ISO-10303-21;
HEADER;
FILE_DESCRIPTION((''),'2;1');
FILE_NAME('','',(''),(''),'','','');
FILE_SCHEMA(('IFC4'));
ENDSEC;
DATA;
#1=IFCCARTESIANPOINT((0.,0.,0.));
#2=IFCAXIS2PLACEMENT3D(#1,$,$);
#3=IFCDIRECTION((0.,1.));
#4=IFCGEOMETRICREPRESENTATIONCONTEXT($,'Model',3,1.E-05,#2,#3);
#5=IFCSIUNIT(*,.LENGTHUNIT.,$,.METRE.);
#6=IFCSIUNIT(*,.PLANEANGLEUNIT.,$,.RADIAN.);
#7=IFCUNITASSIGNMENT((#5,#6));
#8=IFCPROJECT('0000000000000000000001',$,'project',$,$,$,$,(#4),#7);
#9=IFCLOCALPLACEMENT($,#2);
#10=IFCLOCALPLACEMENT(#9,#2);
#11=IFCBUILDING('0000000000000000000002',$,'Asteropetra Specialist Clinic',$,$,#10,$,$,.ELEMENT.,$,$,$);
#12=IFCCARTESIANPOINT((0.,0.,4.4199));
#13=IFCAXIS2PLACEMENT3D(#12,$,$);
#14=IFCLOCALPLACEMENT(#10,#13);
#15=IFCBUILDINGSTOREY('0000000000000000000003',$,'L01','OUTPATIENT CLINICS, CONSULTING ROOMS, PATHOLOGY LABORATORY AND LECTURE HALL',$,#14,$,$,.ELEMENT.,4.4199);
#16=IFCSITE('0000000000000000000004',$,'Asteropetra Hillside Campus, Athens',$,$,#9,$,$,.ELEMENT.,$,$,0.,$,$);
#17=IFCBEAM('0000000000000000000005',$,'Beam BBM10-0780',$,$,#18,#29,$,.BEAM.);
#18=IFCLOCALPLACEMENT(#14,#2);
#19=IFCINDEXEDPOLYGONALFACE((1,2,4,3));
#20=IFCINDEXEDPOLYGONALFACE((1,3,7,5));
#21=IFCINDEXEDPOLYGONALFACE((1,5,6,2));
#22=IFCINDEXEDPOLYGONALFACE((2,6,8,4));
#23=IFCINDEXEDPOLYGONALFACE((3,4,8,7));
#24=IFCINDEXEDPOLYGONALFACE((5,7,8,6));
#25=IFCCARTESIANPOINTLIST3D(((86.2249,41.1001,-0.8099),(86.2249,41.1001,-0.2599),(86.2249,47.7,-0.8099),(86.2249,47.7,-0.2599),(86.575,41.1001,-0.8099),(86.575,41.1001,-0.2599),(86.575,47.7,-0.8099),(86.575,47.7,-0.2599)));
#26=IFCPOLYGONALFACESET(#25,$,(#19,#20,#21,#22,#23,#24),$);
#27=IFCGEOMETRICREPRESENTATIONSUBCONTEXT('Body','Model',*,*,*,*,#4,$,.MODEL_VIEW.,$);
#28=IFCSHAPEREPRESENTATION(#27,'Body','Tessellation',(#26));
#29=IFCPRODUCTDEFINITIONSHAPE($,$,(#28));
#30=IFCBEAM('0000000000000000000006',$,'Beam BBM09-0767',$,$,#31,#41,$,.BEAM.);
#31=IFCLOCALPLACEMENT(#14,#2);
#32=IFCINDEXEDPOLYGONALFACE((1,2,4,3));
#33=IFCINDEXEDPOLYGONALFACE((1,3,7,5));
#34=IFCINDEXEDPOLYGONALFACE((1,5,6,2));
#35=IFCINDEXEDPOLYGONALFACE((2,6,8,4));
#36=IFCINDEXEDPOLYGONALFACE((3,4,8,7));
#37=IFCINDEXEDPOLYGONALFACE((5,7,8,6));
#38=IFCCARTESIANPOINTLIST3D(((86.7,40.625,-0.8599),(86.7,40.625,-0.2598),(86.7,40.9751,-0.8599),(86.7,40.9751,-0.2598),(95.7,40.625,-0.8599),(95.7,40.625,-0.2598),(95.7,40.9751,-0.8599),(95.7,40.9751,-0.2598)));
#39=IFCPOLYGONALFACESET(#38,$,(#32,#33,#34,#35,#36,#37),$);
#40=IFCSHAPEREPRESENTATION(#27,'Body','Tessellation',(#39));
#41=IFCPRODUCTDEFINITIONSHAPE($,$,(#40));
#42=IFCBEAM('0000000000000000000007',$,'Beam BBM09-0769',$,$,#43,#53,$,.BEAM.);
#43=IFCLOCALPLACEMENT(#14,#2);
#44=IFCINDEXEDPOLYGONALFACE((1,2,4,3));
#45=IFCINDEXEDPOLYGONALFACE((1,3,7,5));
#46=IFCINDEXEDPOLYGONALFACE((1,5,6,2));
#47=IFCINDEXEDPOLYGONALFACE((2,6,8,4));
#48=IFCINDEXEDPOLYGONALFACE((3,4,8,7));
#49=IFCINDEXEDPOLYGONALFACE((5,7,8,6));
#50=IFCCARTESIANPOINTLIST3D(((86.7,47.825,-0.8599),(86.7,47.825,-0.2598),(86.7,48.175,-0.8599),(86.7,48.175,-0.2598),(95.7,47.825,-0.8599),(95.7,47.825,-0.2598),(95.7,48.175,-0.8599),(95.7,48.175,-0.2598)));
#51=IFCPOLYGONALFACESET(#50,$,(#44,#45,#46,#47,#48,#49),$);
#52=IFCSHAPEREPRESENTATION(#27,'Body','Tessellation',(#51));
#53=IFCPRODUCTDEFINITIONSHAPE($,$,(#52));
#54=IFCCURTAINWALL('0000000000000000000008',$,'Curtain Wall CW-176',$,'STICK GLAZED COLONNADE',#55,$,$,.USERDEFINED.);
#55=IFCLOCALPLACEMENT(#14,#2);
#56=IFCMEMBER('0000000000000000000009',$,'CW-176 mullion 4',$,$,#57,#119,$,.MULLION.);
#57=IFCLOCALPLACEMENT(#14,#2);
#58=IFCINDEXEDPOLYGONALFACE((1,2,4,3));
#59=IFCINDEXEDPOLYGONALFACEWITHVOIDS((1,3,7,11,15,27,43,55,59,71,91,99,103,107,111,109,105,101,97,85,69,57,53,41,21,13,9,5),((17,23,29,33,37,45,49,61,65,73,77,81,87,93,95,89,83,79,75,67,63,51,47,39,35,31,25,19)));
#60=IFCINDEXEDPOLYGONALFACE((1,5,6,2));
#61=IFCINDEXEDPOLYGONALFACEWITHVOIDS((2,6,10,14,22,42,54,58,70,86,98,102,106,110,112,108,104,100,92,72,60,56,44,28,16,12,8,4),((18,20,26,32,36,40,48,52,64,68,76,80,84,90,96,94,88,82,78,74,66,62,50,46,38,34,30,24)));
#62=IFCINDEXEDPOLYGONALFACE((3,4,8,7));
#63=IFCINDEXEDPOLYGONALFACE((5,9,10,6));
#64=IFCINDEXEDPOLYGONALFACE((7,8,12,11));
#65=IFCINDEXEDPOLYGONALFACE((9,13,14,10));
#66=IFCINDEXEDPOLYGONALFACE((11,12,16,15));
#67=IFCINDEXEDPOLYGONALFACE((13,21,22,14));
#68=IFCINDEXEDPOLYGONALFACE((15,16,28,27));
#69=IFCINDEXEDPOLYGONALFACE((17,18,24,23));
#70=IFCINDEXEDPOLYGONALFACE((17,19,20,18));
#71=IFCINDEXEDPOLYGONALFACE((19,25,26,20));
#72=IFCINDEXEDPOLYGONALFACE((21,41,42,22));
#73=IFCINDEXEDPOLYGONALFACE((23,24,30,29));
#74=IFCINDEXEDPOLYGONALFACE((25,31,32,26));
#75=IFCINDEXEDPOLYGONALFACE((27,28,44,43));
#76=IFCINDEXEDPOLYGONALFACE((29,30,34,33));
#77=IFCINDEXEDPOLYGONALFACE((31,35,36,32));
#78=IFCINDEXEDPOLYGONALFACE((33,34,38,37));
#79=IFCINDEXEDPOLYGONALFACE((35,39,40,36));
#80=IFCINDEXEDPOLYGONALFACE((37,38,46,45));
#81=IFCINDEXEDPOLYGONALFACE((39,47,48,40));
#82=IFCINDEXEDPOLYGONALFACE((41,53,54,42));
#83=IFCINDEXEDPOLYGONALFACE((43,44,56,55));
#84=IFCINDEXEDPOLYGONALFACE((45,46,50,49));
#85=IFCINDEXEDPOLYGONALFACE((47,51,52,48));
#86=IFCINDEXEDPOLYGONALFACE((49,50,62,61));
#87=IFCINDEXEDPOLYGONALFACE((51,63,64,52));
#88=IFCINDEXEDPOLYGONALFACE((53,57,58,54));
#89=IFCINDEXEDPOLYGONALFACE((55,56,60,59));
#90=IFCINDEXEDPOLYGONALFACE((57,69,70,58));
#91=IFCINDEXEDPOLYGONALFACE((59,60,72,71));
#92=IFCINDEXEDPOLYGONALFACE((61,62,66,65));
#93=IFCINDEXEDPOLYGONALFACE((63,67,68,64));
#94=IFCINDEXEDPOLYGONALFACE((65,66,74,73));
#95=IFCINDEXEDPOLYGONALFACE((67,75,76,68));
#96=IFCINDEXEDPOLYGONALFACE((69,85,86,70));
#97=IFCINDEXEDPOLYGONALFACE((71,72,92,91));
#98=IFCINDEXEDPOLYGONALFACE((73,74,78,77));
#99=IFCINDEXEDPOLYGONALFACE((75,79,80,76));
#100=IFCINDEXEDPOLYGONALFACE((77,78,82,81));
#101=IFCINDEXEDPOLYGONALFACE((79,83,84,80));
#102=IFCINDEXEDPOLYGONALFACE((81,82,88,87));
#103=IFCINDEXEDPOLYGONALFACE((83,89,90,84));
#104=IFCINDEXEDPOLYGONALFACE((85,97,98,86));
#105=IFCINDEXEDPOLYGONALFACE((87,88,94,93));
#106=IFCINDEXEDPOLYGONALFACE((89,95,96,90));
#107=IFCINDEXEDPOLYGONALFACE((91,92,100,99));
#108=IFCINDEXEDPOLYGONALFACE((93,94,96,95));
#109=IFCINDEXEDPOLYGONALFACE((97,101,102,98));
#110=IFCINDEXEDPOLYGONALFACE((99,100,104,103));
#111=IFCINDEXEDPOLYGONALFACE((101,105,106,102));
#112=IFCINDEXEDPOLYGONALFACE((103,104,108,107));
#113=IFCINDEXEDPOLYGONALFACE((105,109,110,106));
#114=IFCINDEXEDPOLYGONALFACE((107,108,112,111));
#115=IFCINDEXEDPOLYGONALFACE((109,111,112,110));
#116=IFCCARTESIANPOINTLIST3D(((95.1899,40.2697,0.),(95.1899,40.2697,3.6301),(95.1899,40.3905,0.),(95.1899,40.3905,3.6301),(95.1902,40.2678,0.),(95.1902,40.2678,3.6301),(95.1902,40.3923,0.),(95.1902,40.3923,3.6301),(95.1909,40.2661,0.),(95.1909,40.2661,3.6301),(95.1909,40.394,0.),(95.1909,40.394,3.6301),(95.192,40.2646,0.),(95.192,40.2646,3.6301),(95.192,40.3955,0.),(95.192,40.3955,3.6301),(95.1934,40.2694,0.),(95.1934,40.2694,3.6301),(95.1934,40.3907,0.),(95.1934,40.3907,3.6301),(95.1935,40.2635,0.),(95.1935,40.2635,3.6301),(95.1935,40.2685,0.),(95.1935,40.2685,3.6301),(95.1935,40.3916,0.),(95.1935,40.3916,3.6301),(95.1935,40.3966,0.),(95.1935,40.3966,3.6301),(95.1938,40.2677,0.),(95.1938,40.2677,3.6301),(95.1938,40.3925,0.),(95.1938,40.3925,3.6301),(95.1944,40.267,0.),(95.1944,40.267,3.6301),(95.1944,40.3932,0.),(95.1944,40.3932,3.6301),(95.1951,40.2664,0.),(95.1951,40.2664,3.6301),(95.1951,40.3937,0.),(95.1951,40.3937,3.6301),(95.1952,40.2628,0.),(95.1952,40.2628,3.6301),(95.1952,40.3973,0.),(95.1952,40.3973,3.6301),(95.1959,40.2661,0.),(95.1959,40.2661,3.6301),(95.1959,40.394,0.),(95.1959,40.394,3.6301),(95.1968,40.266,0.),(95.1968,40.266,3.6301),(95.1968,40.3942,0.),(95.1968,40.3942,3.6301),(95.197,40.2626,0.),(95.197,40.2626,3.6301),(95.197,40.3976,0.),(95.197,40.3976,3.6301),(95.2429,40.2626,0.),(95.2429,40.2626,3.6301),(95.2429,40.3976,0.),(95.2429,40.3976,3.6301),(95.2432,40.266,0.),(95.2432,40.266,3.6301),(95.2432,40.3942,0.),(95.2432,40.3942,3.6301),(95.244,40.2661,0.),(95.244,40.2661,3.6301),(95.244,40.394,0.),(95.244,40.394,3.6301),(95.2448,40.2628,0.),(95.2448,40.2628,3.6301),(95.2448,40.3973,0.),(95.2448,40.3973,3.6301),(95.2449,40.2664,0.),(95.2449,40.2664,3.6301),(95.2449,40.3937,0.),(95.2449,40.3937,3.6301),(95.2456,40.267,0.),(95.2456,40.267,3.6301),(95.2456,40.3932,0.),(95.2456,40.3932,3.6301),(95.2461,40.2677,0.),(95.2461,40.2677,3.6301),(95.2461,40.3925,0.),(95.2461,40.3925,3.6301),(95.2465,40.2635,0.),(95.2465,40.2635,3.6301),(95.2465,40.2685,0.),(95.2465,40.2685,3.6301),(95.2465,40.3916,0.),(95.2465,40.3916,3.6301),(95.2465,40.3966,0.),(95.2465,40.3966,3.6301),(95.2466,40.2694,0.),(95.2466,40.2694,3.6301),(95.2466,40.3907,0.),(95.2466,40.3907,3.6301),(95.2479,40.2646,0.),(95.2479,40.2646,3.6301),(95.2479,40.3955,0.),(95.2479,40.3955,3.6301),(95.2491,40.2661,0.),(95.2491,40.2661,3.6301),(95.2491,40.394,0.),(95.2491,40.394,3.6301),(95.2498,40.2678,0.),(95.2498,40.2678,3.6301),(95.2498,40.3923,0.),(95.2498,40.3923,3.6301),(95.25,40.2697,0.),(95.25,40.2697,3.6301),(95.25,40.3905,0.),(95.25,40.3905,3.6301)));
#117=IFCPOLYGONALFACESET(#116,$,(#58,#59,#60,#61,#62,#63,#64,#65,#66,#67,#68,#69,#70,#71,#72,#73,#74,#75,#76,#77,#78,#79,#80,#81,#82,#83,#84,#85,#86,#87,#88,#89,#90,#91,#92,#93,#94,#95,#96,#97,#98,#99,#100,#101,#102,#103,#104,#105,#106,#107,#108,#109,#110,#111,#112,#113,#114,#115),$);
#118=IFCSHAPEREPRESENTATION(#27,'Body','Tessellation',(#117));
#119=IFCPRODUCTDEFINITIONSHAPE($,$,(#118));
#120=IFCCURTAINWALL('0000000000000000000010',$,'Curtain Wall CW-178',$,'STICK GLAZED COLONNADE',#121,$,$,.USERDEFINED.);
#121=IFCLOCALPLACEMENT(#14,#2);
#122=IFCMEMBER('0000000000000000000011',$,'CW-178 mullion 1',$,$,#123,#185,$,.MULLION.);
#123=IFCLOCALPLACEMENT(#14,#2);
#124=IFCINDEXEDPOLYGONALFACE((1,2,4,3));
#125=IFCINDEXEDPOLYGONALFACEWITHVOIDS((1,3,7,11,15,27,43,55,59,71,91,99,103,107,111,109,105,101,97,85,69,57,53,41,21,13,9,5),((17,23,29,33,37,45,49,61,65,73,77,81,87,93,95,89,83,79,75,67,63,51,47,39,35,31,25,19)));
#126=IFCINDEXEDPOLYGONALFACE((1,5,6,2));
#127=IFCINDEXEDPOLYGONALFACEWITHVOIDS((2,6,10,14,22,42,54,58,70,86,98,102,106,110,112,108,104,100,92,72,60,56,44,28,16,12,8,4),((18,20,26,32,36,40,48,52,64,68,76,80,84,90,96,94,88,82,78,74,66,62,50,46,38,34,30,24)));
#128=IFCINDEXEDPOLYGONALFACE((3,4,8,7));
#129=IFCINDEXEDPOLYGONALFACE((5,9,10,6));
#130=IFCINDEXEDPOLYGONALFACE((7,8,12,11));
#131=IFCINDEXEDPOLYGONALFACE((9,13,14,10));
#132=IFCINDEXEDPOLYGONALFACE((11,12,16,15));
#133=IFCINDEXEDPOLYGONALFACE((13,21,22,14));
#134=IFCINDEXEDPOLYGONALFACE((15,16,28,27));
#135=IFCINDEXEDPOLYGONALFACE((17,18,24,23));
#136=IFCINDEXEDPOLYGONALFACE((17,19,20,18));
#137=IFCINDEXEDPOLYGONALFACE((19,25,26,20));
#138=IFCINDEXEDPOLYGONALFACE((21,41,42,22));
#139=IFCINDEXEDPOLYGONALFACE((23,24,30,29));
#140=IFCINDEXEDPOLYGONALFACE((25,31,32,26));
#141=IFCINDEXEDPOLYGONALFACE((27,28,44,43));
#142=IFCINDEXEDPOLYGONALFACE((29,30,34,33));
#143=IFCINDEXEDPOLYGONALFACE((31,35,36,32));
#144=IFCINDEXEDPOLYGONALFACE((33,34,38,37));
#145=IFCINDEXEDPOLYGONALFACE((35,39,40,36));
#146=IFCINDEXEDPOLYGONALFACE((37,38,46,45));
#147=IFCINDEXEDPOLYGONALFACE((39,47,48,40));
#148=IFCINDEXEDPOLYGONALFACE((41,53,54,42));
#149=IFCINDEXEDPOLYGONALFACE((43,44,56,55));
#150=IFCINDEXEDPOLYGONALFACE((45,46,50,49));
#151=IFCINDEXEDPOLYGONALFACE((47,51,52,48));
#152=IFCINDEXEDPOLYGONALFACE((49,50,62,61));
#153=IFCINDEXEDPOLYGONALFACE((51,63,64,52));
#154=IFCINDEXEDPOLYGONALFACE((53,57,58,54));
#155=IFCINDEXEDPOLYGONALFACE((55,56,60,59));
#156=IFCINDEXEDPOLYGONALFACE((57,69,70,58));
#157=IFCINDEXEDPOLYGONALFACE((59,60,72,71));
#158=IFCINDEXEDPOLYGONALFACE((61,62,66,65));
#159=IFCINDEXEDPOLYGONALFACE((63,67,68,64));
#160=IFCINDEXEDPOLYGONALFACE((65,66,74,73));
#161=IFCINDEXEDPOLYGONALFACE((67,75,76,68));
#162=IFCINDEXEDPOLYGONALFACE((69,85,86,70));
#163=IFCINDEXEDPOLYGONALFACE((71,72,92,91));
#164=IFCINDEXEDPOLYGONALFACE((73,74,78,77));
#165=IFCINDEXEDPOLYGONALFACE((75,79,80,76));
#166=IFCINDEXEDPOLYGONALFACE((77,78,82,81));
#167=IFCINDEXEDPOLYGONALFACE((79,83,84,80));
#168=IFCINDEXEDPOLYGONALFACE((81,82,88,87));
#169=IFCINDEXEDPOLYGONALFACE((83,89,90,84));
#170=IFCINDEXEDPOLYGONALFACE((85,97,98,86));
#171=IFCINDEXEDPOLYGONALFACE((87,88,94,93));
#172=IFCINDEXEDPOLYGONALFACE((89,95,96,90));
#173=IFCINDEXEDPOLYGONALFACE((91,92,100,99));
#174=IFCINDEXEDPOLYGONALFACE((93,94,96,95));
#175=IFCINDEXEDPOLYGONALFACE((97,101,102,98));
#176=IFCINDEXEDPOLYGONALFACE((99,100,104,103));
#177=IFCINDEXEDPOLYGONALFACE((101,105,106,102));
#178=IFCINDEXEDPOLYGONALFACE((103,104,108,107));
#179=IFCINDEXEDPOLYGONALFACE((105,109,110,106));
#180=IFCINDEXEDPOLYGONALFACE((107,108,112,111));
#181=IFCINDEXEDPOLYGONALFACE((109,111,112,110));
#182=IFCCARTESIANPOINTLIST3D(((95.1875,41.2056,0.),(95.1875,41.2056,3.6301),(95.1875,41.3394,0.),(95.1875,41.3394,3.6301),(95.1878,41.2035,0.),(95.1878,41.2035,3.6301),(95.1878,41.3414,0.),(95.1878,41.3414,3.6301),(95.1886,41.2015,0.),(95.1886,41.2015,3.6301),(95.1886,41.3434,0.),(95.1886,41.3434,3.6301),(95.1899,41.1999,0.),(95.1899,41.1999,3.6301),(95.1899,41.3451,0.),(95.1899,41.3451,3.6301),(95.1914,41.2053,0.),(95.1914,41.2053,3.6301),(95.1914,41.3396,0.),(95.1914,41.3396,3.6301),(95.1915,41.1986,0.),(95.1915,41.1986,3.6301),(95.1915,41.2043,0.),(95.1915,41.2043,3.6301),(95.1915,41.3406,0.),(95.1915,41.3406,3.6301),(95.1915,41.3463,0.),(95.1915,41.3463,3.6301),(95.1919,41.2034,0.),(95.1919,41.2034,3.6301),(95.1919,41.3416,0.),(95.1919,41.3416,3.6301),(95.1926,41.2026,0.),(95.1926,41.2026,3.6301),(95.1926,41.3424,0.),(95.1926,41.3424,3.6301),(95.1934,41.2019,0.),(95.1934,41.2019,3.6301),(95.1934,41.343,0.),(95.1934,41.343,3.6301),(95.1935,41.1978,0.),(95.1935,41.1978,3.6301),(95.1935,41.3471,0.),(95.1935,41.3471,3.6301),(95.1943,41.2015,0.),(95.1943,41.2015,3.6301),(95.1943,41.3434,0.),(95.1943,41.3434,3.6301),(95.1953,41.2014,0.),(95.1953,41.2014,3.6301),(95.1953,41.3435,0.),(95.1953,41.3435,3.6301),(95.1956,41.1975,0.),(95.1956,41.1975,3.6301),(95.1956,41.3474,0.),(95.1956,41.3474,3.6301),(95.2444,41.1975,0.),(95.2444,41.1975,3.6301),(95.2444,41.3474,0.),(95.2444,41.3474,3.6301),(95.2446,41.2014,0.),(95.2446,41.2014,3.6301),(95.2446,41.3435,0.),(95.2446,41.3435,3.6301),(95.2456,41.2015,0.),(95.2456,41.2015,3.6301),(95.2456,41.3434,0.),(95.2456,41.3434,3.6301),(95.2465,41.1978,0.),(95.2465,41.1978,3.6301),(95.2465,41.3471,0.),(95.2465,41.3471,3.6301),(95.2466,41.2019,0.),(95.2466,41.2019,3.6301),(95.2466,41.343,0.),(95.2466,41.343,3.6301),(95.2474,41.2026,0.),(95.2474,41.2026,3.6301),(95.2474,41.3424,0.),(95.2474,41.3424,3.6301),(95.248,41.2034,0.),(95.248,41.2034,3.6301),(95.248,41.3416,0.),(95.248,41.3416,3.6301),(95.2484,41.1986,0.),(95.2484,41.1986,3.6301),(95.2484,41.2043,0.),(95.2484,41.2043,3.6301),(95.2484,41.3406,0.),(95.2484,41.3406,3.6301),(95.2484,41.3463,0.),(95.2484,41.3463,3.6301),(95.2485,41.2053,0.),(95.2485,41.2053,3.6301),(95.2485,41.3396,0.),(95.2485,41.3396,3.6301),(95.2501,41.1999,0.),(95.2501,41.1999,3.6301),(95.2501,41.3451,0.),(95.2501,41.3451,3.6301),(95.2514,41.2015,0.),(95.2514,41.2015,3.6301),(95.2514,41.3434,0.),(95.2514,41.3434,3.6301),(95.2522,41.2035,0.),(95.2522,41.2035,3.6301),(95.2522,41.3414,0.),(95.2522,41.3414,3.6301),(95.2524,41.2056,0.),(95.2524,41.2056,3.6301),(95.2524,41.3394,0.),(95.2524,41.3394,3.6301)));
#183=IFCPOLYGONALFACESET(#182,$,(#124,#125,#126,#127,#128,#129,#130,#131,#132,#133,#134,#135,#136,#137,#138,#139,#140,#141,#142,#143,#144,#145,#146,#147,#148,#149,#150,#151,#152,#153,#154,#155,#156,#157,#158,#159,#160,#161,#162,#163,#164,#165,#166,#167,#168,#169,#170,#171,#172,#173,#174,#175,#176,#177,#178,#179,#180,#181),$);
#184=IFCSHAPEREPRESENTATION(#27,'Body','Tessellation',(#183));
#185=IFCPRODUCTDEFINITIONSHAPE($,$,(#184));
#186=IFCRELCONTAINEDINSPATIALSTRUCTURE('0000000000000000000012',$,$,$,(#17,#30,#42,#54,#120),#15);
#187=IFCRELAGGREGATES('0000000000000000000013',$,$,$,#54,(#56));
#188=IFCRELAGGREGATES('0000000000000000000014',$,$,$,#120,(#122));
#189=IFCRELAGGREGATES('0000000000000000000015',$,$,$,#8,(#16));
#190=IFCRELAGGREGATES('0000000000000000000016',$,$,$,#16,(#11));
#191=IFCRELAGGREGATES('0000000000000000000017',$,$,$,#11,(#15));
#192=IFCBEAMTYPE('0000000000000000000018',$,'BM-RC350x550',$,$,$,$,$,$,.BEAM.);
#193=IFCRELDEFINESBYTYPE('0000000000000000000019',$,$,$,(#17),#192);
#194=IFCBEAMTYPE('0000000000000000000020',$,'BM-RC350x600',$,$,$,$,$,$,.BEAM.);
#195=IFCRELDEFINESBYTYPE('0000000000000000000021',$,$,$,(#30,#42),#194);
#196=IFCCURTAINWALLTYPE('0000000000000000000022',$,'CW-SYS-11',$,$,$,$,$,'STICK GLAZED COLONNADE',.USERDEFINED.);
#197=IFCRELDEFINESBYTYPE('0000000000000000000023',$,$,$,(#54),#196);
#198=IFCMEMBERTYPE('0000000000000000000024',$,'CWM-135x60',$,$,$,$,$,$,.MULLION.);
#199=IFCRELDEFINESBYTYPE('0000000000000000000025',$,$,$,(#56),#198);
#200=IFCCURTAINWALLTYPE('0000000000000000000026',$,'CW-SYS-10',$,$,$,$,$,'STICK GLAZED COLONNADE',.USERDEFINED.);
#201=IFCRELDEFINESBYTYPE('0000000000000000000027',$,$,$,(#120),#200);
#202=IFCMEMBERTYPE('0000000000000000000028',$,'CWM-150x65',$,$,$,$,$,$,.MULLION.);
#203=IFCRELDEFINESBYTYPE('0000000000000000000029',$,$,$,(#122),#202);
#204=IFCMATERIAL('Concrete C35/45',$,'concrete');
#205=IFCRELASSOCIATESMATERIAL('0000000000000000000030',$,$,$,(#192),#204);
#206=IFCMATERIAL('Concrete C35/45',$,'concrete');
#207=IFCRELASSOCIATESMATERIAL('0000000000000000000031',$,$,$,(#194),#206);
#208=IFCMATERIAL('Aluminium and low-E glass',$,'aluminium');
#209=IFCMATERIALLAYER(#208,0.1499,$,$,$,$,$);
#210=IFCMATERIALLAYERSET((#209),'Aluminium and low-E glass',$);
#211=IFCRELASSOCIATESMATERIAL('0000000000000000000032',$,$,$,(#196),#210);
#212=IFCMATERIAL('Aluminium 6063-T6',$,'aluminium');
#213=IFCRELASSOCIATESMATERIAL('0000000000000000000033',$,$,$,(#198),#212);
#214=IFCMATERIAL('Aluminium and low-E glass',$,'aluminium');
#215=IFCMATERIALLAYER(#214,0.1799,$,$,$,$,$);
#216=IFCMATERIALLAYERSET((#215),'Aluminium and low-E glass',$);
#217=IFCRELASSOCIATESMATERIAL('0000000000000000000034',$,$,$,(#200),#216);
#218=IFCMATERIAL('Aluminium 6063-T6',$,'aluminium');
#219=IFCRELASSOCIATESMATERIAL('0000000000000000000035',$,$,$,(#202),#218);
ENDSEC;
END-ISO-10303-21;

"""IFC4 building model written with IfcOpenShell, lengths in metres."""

from ifc_helpers import new_model, si_unit, direction, frame, origin, origin_2d, place, context, subcontext, project, spatial, rectangle, hollow_rectangle, extrude, material, layer, layer_set, material_profile, profile_set, type_object, element, aggregate, save


model = new_model("IFC4")

# Units and contexts
model_context = context("Model", 3, precision=1e-05, world=origin(), true_north=direction((0.0, 1.0)))
body_context = subcontext(model_context, "Body", "Model", "MODEL_VIEW")
ifc_project = project(units=[si_unit("LENGTHUNIT", "METRE"), si_unit("PLANEANGLEUNIT", "RADIAN")], contexts=[model_context])

# Site, building, storey
site_placement = place(None, origin())
site = spatial("IfcSite", under=ifc_project, at=site_placement, Name="Asteropetra Hillside Campus, Athens", CompositionType="ELEMENT", RefElevation=0.0)
building_placement = place(site_placement, origin())
building = spatial("IfcBuilding", under=site, at=building_placement, Name="Asteropetra Specialist Clinic", CompositionType="ELEMENT")
storey_placement = place(building_placement, frame((0.0, 0.0, 4.4199)))
storey = spatial("IfcBuildingStorey", under=building, at=storey_placement, Name="L01", Description="OUTPATIENT CLINICS, CONSULTING ROOMS, PATHOLOGY LABORATORY AND LECTURE HALL", CompositionType="ELEMENT", Elevation=4.4199)

# Beams
ifc_material_1 = material(Name="Concrete C35/45", Category="concrete")
ifc_material_profile_1 = material_profile(ifc_material_1, rectangle(XDim=0.3501, YDim=0.55, at=origin_2d()), Name="RCB 350x550")
ifc_profile_set_1 = profile_set([ifc_material_profile_1], Name="Concrete C35/45")
beam_type_1 = type_object("IfcBeamType", Name="BM-RC350x550", PredefinedType="BEAM", material=ifc_profile_set_1)
beam_placement = place(storey_placement, frame((86.3999, 41.1001, -0.5349), z_axis=(0.0, 1.0, 0.0), x_axis=(-1.0, 0.0, 0.0)))
element("IfcBeam", 1, at=beam_placement, inside=storey, type_object=beam_type_1, Name="Beam BBM10-0780", PredefinedType="BEAM", context=body_context, shape_type="SweptSolid", body=[
    extrude(rectangle(XDim=0.3501, YDim=0.55, at=origin_2d()), origin(), (0.0, 0.0, 1.0), 6.5999),
])
ifc_material_2 = material(Name="Concrete C35/45", Category="concrete")
ifc_material_profile_2 = material_profile(ifc_material_2, rectangle(XDim=0.3501, YDim=0.6001, at=origin_2d()), Name="RCB 350x600")
ifc_profile_set_2 = profile_set([ifc_material_profile_2], Name="Concrete C35/45")
beam_type_2 = type_object("IfcBeamType", Name="BM-RC350x600", PredefinedType="BEAM", material=ifc_profile_set_2)
for number, where, z_axis, x_axis, name in (
    (2, (86.7, 40.8, -0.5598), (1.0, 0.0, 0.0), (0.0, 1.0, 0.0), "Beam BBM09-0767"),
    (3, (86.7, 48.0, -0.5598), (1.0, 0.0, 0.0), (0.0, 1.0, 0.0), "Beam BBM09-0769"),
):
    element("IfcBeam", number, at=place(storey_placement, frame(where, z_axis=z_axis, x_axis=x_axis)), inside=storey, type_object=beam_type_2, Name=name, PredefinedType="BEAM", context=body_context, shape_type="SweptSolid", body=[
        extrude(rectangle(XDim=0.3501, YDim=0.6001, at=origin_2d()), origin(), (0.0, 0.0, 1.0), 9.0),
    ])

# Curtain wall, member
ifc_material_3 = material(Name="Aluminium and low-E glass", Category="aluminium")
ifc_layer_1 = layer(ifc_material_3, 0.1499)
ifc_layer_set_1 = layer_set([ifc_layer_1], Name="Aluminium and low-E glass")
curtain_wall_type_1 = type_object("IfcCurtainWallType", Name="CW-SYS-11", ElementType="STICK GLAZED COLONNADE", PredefinedType="USERDEFINED", material=ifc_layer_set_1)
curtain_wall_1_placement = place(storey_placement, origin())
curtain_wall_1 = element("IfcCurtainWall", 4, at=curtain_wall_1_placement, inside=storey, type_object=curtain_wall_type_1, Name="Curtain Wall CW-176", ObjectType="STICK GLAZED COLONNADE", PredefinedType="USERDEFINED")
ifc_material_4 = material(Name="Aluminium 6063-T6", Category="aluminium")
ifc_material_profile_3 = material_profile(ifc_material_4, hollow_rectangle(XDim=0.0601, YDim=0.135, WallThickness=0.0034, InnerFilletRadius=0.0034, OuterFilletRadius=0.0071, at=origin_2d()), Name="MUL 135x60x3.5")
ifc_profile_set_3 = profile_set([ifc_material_profile_3], Name="Aluminium 6063-T6")
member_type_1 = type_object("IfcMemberType", Name="CWM-135x60", PredefinedType="MULLION", material=ifc_profile_set_3)
member_1_placement = place(storey_placement, frame((95.22, 40.3301, 0.0), z_axis=(0.0, 0.0, 1.0), x_axis=(-1.0, 0.0, 0.0)))
member_1 = element("IfcMember", 5, at=member_1_placement, type_object=member_type_1, Name="CW-176 mullion 4", PredefinedType="MULLION", context=body_context, shape_type="SweptSolid", body=[
    extrude(hollow_rectangle(XDim=0.0601, YDim=0.135, WallThickness=0.0034, InnerFilletRadius=0.0034, OuterFilletRadius=0.0071, at=origin_2d()), origin(), (0.0, 0.0, 1.0), 3.6301),
])

# Curtain wall, member
ifc_material_5 = material(Name="Aluminium and low-E glass", Category="aluminium")
ifc_layer_2 = layer(ifc_material_5, 0.1799)
ifc_layer_set_2 = layer_set([ifc_layer_2], Name="Aluminium and low-E glass")
curtain_wall_type_2 = type_object("IfcCurtainWallType", Name="CW-SYS-10", ElementType="STICK GLAZED COLONNADE", PredefinedType="USERDEFINED", material=ifc_layer_set_2)
curtain_wall_2_placement = place(storey_placement, origin())
curtain_wall_2 = element("IfcCurtainWall", 6, at=curtain_wall_2_placement, inside=storey, type_object=curtain_wall_type_2, Name="Curtain Wall CW-178", ObjectType="STICK GLAZED COLONNADE", PredefinedType="USERDEFINED")
ifc_material_6 = material(Name="Aluminium 6063-T6", Category="aluminium")
ifc_material_profile_4 = material_profile(ifc_material_6, hollow_rectangle(XDim=0.0649, YDim=0.1499, WallThickness=0.0039, InnerFilletRadius=0.0039, OuterFilletRadius=0.0081, at=origin_2d()), Name="MUL 150x65x4.0")
ifc_profile_set_4 = profile_set([ifc_material_profile_4], Name="Aluminium 6063-T6")
member_type_2 = type_object("IfcMemberType", Name="CWM-150x65", PredefinedType="MULLION", material=ifc_profile_set_4)
member_2_placement = place(storey_placement, frame((95.22, 41.2725, 0.0), z_axis=(0.0, 0.0, 1.0), x_axis=(-1.0, 0.0, 0.0)))
member_2 = element("IfcMember", 7, at=member_2_placement, type_object=member_type_2, Name="CW-178 mullion 1", PredefinedType="MULLION", context=body_context, shape_type="SweptSolid", body=[
    extrude(hollow_rectangle(XDim=0.0649, YDim=0.1499, WallThickness=0.0039, InnerFilletRadius=0.0039, OuterFilletRadius=0.0081, at=origin_2d()), origin(), (0.0, 0.0, 1.0), 3.6301),
])

aggregate(curtain_wall_1, [member_1])
aggregate(curtain_wall_2, [member_2])

save(model, "model.ifc")
